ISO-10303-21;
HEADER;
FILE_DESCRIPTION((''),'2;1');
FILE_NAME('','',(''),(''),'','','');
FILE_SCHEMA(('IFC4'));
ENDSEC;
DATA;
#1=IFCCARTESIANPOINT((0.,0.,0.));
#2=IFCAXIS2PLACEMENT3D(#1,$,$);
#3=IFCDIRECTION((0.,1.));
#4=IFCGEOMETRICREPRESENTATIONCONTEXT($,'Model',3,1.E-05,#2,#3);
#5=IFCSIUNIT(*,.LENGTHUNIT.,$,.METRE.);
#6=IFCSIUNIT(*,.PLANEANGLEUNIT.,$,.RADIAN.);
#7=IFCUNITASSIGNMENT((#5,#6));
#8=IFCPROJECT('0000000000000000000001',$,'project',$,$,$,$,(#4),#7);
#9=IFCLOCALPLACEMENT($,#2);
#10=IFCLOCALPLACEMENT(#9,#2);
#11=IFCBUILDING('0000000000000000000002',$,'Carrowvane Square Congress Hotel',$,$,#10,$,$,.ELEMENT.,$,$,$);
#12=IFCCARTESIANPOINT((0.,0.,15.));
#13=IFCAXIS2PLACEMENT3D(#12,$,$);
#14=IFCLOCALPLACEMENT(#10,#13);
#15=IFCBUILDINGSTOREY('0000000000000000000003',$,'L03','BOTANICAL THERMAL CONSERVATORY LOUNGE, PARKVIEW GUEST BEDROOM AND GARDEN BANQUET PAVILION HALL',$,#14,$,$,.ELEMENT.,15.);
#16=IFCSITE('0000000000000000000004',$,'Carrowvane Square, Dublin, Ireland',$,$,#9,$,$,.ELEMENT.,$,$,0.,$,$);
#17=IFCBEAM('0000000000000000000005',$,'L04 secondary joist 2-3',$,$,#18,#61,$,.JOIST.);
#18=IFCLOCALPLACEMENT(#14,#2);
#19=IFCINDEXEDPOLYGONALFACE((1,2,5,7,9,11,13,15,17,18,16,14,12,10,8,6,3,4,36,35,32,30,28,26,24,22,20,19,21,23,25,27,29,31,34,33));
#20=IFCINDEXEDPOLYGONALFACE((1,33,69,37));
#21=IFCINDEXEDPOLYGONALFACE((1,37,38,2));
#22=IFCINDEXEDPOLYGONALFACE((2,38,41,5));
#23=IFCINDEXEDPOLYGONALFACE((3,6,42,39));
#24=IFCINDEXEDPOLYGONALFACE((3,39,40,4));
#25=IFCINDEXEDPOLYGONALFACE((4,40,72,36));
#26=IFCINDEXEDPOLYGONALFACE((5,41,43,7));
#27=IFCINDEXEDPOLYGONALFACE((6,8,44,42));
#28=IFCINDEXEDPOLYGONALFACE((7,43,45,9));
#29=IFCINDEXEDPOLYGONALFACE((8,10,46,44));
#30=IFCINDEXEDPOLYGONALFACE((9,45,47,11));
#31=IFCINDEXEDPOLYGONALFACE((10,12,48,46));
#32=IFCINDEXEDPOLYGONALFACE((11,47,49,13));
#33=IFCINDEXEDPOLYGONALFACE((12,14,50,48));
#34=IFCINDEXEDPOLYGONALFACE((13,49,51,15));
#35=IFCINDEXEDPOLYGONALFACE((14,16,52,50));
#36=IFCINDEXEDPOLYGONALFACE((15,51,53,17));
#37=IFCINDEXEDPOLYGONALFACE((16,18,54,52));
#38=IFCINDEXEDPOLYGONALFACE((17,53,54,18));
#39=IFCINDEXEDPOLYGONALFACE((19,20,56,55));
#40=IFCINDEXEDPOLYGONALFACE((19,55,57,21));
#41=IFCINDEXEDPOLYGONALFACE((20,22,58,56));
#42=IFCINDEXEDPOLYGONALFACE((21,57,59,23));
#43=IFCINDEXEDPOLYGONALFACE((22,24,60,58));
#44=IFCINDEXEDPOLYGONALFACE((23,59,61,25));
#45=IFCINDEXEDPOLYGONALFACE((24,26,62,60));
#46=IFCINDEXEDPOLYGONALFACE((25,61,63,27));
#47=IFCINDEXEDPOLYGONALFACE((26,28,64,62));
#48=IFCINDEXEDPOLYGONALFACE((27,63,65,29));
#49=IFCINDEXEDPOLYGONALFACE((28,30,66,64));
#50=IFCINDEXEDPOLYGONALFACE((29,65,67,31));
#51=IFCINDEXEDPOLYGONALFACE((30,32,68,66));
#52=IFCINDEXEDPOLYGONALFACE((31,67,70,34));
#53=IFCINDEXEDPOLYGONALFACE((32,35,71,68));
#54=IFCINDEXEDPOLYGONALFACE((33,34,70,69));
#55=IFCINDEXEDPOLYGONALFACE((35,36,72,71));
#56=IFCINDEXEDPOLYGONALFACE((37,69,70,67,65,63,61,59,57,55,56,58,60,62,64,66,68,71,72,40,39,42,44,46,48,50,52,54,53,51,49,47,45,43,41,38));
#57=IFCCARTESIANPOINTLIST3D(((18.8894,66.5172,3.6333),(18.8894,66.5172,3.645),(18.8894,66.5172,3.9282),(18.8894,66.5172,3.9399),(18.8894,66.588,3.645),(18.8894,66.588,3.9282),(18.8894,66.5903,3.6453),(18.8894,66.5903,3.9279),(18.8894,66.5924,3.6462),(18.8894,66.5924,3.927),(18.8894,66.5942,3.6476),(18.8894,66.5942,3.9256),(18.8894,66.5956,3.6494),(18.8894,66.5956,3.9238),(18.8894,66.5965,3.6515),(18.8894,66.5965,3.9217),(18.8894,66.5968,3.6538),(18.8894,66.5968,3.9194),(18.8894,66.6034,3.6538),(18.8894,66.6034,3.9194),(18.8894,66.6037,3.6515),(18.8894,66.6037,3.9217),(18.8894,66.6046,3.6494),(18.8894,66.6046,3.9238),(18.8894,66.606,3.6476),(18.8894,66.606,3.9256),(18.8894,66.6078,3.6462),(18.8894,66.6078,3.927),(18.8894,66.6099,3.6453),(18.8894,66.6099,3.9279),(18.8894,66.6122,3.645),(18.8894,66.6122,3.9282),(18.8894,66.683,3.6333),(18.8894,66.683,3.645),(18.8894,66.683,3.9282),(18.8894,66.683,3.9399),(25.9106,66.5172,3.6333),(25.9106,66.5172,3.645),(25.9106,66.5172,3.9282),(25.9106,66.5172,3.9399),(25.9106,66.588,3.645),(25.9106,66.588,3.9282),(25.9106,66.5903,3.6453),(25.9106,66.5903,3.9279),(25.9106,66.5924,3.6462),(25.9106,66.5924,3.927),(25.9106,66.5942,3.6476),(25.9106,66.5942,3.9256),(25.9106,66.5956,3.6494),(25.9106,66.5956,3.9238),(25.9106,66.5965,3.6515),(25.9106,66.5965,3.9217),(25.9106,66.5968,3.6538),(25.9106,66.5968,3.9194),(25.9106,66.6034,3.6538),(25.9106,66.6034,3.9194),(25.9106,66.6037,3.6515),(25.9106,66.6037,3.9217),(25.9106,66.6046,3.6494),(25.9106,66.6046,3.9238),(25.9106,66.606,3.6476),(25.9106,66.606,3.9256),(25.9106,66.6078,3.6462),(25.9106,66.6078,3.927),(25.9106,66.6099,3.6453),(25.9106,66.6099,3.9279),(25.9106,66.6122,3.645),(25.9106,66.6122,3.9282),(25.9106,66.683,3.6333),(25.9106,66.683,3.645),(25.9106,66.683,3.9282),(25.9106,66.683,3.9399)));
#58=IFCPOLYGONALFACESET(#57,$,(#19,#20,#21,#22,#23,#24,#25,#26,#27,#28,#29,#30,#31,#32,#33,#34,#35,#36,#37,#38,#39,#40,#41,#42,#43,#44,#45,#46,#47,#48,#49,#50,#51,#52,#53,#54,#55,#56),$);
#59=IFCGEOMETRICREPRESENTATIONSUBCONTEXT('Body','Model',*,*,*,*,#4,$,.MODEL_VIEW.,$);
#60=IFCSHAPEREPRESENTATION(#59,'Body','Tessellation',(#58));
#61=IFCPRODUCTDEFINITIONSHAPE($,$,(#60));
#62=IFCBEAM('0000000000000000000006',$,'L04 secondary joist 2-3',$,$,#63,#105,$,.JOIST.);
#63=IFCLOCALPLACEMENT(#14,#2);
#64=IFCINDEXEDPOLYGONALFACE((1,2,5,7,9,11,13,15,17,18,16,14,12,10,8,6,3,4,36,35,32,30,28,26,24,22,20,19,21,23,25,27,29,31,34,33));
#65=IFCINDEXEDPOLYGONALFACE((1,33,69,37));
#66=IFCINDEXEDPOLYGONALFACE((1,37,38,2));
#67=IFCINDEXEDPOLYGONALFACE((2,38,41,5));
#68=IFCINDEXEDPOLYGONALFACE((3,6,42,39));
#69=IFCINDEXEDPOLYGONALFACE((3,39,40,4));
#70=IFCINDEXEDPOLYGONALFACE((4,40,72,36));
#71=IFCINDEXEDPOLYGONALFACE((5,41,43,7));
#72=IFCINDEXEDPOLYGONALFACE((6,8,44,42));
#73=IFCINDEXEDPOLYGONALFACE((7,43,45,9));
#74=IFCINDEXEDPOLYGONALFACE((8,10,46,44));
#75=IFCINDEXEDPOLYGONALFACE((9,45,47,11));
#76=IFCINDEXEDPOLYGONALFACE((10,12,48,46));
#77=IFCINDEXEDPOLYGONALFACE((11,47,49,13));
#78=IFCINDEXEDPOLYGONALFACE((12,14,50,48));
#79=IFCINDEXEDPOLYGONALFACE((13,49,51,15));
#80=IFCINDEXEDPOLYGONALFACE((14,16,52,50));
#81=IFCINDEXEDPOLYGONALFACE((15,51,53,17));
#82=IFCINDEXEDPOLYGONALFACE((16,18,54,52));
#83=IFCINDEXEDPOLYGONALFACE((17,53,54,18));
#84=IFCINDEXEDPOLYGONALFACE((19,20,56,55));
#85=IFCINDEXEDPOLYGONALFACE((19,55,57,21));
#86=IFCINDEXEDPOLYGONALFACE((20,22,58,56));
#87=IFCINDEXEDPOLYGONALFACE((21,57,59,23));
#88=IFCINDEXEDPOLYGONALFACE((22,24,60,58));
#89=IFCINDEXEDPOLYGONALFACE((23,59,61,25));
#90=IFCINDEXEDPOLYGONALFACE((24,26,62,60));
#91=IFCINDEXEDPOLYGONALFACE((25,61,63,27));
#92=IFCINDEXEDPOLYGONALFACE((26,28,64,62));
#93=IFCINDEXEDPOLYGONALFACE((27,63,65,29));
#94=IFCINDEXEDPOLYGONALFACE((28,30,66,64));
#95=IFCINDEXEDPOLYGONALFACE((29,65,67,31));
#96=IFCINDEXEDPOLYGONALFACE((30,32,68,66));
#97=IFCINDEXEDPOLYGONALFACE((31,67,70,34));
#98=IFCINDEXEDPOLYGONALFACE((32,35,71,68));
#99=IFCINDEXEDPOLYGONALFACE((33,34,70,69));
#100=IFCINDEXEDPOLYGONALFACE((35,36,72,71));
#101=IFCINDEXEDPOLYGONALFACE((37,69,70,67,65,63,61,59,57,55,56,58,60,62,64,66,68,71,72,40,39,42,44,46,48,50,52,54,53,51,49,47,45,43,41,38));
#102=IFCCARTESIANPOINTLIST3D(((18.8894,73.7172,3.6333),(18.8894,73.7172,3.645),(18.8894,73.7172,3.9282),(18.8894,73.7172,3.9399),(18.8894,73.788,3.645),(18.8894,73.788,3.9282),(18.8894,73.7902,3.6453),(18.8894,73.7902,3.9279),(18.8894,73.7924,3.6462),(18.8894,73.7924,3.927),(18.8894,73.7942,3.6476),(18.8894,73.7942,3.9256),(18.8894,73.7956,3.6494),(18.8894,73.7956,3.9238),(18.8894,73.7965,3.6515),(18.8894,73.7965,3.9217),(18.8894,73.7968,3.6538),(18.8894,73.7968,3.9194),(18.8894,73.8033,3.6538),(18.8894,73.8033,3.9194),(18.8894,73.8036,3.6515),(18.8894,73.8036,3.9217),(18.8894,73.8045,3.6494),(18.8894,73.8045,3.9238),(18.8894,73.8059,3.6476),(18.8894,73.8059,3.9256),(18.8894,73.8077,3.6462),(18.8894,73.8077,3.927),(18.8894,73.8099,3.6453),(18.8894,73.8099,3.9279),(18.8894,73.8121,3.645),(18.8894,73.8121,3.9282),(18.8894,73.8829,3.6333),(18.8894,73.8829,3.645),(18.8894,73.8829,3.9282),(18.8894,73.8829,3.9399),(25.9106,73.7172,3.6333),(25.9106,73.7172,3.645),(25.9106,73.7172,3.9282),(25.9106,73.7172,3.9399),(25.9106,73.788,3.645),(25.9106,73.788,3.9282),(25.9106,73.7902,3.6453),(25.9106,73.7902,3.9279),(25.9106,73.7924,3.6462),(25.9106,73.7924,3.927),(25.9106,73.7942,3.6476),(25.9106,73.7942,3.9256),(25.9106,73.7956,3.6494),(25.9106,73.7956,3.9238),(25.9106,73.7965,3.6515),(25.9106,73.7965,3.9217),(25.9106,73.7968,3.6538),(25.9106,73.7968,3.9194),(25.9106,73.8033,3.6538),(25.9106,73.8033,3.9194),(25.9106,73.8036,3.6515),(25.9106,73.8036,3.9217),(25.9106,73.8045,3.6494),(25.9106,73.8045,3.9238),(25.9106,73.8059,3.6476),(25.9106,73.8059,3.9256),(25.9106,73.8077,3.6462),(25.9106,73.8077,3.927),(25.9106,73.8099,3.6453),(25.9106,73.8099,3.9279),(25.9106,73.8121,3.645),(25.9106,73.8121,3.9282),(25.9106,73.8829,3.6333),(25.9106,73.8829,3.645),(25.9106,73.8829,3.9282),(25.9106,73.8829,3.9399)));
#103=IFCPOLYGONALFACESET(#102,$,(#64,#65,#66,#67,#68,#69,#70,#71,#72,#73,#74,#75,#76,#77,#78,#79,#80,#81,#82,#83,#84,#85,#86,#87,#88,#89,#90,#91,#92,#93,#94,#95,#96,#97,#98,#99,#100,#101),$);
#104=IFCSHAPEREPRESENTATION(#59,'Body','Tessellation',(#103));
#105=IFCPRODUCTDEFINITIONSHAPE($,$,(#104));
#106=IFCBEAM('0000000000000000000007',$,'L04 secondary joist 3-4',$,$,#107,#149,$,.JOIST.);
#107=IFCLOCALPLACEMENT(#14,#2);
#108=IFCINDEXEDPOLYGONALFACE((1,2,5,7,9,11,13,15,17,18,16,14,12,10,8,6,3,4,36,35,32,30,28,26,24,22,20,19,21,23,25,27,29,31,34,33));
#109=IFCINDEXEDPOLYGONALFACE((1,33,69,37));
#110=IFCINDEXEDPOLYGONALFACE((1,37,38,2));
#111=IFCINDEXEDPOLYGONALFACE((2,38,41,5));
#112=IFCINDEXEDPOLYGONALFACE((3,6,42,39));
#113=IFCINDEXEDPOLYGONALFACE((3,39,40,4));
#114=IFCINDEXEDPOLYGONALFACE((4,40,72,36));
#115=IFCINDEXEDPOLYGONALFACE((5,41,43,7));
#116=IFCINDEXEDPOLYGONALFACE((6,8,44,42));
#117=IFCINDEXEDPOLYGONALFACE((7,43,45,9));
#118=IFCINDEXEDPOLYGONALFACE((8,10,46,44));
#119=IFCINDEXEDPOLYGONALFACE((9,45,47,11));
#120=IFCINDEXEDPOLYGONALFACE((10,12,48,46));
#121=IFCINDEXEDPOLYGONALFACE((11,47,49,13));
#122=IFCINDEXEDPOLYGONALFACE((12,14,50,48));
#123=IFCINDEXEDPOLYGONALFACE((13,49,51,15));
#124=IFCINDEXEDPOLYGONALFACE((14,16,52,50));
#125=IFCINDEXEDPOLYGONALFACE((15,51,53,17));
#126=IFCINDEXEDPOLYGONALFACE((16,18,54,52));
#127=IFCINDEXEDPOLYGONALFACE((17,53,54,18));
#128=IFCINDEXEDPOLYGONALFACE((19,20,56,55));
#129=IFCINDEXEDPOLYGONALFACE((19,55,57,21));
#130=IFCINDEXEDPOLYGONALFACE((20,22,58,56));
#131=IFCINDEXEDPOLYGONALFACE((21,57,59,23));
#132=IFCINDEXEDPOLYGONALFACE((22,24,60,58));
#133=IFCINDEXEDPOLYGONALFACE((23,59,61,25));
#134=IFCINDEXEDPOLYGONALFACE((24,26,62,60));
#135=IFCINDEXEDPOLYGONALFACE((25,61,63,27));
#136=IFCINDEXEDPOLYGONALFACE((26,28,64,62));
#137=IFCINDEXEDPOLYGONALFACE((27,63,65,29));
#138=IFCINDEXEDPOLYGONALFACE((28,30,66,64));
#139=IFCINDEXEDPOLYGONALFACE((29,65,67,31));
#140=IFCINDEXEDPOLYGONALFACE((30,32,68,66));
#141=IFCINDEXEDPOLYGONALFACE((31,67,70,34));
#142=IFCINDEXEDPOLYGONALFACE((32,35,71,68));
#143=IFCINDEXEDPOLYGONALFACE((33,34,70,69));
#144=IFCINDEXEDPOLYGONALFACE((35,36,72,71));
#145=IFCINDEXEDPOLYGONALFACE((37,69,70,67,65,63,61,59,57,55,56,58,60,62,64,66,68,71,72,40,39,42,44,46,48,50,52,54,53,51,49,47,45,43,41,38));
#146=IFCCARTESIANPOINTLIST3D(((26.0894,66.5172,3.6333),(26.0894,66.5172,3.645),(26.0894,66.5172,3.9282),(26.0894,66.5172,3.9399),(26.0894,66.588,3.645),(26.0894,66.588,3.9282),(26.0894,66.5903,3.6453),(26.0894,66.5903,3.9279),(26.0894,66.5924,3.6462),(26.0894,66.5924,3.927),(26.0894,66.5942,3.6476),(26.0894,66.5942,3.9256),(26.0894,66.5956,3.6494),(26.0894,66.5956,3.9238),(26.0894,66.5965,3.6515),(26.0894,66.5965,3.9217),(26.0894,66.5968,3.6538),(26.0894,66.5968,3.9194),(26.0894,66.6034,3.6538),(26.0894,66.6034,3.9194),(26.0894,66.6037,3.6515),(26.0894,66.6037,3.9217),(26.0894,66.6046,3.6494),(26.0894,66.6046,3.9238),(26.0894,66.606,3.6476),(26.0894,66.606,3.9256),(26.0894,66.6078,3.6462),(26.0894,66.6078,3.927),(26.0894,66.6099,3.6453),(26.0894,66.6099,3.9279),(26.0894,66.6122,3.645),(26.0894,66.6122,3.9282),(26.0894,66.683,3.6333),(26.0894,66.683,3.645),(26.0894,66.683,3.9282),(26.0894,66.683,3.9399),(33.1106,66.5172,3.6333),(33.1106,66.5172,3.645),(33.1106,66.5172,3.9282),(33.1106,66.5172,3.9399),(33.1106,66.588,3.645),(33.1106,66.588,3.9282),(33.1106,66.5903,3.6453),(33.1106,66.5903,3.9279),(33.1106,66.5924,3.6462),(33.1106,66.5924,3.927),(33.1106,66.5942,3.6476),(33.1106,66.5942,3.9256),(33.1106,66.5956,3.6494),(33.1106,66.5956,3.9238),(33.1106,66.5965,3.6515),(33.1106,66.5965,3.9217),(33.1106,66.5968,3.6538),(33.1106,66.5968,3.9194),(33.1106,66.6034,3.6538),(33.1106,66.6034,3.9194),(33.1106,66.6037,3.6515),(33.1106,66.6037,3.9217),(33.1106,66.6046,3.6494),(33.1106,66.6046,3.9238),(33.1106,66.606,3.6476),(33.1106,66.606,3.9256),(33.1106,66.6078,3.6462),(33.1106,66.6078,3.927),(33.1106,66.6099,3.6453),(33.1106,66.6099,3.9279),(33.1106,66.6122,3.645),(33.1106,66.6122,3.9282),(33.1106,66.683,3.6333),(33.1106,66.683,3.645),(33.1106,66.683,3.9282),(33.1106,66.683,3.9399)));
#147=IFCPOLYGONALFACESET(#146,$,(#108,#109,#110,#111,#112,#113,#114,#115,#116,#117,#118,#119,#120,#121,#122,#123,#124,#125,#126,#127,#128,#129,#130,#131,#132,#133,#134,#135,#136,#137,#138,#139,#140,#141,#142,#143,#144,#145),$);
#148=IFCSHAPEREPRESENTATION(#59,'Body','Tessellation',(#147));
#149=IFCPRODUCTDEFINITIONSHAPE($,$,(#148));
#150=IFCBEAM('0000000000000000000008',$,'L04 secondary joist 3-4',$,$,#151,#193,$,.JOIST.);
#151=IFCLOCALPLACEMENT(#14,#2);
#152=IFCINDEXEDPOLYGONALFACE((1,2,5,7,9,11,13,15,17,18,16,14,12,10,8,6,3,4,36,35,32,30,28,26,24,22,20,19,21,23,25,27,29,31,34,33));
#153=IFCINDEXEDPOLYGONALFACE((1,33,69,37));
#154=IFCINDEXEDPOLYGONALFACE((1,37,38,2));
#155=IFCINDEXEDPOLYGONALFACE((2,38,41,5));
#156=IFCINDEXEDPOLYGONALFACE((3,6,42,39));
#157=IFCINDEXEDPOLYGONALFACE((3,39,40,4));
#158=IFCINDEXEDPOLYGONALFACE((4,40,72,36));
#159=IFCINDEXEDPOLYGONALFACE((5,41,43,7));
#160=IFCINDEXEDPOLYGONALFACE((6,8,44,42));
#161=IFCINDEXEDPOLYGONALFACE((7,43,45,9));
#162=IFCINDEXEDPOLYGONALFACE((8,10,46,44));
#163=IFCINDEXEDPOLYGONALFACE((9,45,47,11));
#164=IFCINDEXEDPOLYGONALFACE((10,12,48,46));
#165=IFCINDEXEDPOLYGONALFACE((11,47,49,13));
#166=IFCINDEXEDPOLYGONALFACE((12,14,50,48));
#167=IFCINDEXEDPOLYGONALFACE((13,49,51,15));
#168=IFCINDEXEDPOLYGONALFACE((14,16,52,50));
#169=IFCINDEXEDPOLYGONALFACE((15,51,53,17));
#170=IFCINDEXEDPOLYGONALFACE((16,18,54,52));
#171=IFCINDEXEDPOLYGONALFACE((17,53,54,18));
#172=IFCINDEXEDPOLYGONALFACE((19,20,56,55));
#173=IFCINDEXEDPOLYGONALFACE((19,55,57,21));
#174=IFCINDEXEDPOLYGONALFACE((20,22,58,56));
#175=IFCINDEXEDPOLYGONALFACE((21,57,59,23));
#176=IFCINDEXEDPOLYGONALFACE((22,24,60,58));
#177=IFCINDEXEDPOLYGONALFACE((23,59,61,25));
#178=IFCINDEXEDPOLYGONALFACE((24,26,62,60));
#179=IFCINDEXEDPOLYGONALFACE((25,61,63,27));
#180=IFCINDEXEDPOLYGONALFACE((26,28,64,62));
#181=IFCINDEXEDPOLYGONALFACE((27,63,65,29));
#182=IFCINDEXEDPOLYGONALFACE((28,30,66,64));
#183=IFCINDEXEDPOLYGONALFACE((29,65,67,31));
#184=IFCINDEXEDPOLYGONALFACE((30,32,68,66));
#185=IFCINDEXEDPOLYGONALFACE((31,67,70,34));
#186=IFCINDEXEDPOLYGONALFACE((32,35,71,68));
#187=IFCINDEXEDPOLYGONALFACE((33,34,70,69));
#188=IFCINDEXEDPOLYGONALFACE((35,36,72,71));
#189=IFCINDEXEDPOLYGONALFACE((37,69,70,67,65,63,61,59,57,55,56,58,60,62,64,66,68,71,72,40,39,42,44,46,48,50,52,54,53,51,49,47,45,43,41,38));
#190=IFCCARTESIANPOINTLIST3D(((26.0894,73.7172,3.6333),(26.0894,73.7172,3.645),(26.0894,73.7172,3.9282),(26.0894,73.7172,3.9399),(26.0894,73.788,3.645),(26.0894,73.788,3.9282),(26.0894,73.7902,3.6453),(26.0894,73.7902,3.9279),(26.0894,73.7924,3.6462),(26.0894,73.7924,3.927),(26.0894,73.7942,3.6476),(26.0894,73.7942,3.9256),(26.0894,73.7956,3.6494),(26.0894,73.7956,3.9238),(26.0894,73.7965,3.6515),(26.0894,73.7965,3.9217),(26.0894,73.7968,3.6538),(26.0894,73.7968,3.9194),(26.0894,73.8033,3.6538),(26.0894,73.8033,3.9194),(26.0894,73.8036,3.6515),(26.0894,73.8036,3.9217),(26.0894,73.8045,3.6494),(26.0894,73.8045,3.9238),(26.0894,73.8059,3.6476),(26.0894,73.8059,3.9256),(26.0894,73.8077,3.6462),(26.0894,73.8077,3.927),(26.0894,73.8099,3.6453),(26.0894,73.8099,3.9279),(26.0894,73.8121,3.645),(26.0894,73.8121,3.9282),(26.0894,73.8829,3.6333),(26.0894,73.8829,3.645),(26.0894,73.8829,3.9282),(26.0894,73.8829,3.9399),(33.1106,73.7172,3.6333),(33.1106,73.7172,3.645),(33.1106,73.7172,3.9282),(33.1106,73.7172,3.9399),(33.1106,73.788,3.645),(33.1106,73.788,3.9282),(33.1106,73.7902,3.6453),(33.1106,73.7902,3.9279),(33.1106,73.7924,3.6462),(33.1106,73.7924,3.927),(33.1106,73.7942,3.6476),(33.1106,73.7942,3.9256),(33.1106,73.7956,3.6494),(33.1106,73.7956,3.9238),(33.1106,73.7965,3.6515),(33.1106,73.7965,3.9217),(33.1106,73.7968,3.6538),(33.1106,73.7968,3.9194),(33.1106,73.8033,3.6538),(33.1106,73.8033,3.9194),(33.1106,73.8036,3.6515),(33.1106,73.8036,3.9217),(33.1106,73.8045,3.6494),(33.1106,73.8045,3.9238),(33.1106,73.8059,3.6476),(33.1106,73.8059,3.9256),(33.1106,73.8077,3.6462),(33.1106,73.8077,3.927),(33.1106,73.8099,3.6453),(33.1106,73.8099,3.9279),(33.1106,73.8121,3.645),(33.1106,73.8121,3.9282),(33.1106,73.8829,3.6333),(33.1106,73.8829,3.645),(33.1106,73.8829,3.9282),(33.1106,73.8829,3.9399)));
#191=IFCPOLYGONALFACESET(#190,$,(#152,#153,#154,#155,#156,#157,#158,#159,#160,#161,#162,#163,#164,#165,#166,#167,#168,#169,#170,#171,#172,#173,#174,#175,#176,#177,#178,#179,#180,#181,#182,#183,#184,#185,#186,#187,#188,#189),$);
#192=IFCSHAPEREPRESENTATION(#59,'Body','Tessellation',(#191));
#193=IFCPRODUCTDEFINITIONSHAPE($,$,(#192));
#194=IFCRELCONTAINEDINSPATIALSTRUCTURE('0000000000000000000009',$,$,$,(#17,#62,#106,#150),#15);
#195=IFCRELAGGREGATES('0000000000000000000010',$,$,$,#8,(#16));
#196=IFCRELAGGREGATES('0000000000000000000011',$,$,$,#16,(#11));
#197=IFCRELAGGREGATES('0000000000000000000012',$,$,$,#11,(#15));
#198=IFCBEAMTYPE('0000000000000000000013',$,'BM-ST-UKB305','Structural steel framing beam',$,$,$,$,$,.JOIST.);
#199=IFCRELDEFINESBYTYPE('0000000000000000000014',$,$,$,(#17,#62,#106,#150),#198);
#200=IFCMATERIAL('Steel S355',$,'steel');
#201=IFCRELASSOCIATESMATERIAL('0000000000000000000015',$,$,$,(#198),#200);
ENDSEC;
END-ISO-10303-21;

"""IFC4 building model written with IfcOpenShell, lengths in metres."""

from ifc_helpers import new_model, si_unit, direction, frame, origin, origin_2d, place, context, subcontext, project, spatial, i_section, extrude, material, material_profile, profile_set, type_object, element, save


model = new_model("IFC4")

# Units and contexts
model_context = context("Model", 3, precision=1e-05, world=origin(), true_north=direction((0.0, 1.0)))
body_context = subcontext(model_context, "Body", "Model", "MODEL_VIEW")
ifc_project = project(units=[si_unit("LENGTHUNIT", "METRE"), si_unit("PLANEANGLEUNIT", "RADIAN")], contexts=[model_context])

# Site, building, storey
site_placement = place(None, origin())
site = spatial("IfcSite", under=ifc_project, at=site_placement, Name="Carrowvane Square, Dublin, Ireland", CompositionType="ELEMENT", RefElevation=0.0)
building_placement = place(site_placement, origin())
building = spatial("IfcBuilding", under=site, at=building_placement, Name="Carrowvane Square Congress Hotel", CompositionType="ELEMENT")
storey_placement = place(building_placement, frame((0.0, 0.0, 15.0)))
storey = spatial("IfcBuildingStorey", under=building, at=storey_placement, Name="L03", Description="BOTANICAL THERMAL CONSERVATORY LOUNGE, PARKVIEW GUEST BEDROOM AND GARDEN BANQUET PAVILION HALL", CompositionType="ELEMENT", Elevation=15.0)

# Beams
ifc_material_1 = material(Name="Steel S355", Category="steel")
ifc_material_profile_1 = material_profile(ifc_material_1, i_section(OverallWidth=0.1658, OverallDepth=0.3066, WebThickness=0.0066, FlangeThickness=0.0117, FilletRadius=0.0088, at=origin_2d()), Name="UKB 305x165x46")
ifc_profile_set_1 = profile_set([ifc_material_profile_1], Name="Steel S355")
beam_type_1 = type_object("IfcBeamType", Name="BM-ST-UKB305", Description="Structural steel framing beam", PredefinedType="JOIST", material=ifc_profile_set_1)
for number, where, z_axis, x_axis, name in (
    (1, (18.8894, 66.6001, 3.7866), (1.0, 0.0, 0.0), (0.0, 1.0, 0.0), "L04 secondary joist 2-3"),
    (2, (18.8894, 73.8, 3.7866), (1.0, 0.0, 0.0), (0.0, 1.0, 0.0), "L04 secondary joist 2-3"),
    (3, (26.0894, 66.6001, 3.7866), (1.0, 0.0, 0.0), (0.0, 1.0, 0.0), "L04 secondary joist 3-4"),
    (4, (26.0894, 73.8, 3.7866), (1.0, 0.0, 0.0), (0.0, 1.0, 0.0), "L04 secondary joist 3-4"),
):
    element("IfcBeam", number, at=place(storey_placement, frame(where, z_axis=z_axis, x_axis=x_axis)), inside=storey, type_object=beam_type_1, Name=name, PredefinedType="JOIST", context=body_context, shape_type="SweptSolid", body=[
        extrude(i_section(OverallWidth=0.1658, OverallDepth=0.3066, WebThickness=0.0066, FlangeThickness=0.0117, FilletRadius=0.0088, at=origin_2d()), origin(), (0.0, 0.0, 1.0), 7.0212),
    ])

save(model, "model.ifc")
